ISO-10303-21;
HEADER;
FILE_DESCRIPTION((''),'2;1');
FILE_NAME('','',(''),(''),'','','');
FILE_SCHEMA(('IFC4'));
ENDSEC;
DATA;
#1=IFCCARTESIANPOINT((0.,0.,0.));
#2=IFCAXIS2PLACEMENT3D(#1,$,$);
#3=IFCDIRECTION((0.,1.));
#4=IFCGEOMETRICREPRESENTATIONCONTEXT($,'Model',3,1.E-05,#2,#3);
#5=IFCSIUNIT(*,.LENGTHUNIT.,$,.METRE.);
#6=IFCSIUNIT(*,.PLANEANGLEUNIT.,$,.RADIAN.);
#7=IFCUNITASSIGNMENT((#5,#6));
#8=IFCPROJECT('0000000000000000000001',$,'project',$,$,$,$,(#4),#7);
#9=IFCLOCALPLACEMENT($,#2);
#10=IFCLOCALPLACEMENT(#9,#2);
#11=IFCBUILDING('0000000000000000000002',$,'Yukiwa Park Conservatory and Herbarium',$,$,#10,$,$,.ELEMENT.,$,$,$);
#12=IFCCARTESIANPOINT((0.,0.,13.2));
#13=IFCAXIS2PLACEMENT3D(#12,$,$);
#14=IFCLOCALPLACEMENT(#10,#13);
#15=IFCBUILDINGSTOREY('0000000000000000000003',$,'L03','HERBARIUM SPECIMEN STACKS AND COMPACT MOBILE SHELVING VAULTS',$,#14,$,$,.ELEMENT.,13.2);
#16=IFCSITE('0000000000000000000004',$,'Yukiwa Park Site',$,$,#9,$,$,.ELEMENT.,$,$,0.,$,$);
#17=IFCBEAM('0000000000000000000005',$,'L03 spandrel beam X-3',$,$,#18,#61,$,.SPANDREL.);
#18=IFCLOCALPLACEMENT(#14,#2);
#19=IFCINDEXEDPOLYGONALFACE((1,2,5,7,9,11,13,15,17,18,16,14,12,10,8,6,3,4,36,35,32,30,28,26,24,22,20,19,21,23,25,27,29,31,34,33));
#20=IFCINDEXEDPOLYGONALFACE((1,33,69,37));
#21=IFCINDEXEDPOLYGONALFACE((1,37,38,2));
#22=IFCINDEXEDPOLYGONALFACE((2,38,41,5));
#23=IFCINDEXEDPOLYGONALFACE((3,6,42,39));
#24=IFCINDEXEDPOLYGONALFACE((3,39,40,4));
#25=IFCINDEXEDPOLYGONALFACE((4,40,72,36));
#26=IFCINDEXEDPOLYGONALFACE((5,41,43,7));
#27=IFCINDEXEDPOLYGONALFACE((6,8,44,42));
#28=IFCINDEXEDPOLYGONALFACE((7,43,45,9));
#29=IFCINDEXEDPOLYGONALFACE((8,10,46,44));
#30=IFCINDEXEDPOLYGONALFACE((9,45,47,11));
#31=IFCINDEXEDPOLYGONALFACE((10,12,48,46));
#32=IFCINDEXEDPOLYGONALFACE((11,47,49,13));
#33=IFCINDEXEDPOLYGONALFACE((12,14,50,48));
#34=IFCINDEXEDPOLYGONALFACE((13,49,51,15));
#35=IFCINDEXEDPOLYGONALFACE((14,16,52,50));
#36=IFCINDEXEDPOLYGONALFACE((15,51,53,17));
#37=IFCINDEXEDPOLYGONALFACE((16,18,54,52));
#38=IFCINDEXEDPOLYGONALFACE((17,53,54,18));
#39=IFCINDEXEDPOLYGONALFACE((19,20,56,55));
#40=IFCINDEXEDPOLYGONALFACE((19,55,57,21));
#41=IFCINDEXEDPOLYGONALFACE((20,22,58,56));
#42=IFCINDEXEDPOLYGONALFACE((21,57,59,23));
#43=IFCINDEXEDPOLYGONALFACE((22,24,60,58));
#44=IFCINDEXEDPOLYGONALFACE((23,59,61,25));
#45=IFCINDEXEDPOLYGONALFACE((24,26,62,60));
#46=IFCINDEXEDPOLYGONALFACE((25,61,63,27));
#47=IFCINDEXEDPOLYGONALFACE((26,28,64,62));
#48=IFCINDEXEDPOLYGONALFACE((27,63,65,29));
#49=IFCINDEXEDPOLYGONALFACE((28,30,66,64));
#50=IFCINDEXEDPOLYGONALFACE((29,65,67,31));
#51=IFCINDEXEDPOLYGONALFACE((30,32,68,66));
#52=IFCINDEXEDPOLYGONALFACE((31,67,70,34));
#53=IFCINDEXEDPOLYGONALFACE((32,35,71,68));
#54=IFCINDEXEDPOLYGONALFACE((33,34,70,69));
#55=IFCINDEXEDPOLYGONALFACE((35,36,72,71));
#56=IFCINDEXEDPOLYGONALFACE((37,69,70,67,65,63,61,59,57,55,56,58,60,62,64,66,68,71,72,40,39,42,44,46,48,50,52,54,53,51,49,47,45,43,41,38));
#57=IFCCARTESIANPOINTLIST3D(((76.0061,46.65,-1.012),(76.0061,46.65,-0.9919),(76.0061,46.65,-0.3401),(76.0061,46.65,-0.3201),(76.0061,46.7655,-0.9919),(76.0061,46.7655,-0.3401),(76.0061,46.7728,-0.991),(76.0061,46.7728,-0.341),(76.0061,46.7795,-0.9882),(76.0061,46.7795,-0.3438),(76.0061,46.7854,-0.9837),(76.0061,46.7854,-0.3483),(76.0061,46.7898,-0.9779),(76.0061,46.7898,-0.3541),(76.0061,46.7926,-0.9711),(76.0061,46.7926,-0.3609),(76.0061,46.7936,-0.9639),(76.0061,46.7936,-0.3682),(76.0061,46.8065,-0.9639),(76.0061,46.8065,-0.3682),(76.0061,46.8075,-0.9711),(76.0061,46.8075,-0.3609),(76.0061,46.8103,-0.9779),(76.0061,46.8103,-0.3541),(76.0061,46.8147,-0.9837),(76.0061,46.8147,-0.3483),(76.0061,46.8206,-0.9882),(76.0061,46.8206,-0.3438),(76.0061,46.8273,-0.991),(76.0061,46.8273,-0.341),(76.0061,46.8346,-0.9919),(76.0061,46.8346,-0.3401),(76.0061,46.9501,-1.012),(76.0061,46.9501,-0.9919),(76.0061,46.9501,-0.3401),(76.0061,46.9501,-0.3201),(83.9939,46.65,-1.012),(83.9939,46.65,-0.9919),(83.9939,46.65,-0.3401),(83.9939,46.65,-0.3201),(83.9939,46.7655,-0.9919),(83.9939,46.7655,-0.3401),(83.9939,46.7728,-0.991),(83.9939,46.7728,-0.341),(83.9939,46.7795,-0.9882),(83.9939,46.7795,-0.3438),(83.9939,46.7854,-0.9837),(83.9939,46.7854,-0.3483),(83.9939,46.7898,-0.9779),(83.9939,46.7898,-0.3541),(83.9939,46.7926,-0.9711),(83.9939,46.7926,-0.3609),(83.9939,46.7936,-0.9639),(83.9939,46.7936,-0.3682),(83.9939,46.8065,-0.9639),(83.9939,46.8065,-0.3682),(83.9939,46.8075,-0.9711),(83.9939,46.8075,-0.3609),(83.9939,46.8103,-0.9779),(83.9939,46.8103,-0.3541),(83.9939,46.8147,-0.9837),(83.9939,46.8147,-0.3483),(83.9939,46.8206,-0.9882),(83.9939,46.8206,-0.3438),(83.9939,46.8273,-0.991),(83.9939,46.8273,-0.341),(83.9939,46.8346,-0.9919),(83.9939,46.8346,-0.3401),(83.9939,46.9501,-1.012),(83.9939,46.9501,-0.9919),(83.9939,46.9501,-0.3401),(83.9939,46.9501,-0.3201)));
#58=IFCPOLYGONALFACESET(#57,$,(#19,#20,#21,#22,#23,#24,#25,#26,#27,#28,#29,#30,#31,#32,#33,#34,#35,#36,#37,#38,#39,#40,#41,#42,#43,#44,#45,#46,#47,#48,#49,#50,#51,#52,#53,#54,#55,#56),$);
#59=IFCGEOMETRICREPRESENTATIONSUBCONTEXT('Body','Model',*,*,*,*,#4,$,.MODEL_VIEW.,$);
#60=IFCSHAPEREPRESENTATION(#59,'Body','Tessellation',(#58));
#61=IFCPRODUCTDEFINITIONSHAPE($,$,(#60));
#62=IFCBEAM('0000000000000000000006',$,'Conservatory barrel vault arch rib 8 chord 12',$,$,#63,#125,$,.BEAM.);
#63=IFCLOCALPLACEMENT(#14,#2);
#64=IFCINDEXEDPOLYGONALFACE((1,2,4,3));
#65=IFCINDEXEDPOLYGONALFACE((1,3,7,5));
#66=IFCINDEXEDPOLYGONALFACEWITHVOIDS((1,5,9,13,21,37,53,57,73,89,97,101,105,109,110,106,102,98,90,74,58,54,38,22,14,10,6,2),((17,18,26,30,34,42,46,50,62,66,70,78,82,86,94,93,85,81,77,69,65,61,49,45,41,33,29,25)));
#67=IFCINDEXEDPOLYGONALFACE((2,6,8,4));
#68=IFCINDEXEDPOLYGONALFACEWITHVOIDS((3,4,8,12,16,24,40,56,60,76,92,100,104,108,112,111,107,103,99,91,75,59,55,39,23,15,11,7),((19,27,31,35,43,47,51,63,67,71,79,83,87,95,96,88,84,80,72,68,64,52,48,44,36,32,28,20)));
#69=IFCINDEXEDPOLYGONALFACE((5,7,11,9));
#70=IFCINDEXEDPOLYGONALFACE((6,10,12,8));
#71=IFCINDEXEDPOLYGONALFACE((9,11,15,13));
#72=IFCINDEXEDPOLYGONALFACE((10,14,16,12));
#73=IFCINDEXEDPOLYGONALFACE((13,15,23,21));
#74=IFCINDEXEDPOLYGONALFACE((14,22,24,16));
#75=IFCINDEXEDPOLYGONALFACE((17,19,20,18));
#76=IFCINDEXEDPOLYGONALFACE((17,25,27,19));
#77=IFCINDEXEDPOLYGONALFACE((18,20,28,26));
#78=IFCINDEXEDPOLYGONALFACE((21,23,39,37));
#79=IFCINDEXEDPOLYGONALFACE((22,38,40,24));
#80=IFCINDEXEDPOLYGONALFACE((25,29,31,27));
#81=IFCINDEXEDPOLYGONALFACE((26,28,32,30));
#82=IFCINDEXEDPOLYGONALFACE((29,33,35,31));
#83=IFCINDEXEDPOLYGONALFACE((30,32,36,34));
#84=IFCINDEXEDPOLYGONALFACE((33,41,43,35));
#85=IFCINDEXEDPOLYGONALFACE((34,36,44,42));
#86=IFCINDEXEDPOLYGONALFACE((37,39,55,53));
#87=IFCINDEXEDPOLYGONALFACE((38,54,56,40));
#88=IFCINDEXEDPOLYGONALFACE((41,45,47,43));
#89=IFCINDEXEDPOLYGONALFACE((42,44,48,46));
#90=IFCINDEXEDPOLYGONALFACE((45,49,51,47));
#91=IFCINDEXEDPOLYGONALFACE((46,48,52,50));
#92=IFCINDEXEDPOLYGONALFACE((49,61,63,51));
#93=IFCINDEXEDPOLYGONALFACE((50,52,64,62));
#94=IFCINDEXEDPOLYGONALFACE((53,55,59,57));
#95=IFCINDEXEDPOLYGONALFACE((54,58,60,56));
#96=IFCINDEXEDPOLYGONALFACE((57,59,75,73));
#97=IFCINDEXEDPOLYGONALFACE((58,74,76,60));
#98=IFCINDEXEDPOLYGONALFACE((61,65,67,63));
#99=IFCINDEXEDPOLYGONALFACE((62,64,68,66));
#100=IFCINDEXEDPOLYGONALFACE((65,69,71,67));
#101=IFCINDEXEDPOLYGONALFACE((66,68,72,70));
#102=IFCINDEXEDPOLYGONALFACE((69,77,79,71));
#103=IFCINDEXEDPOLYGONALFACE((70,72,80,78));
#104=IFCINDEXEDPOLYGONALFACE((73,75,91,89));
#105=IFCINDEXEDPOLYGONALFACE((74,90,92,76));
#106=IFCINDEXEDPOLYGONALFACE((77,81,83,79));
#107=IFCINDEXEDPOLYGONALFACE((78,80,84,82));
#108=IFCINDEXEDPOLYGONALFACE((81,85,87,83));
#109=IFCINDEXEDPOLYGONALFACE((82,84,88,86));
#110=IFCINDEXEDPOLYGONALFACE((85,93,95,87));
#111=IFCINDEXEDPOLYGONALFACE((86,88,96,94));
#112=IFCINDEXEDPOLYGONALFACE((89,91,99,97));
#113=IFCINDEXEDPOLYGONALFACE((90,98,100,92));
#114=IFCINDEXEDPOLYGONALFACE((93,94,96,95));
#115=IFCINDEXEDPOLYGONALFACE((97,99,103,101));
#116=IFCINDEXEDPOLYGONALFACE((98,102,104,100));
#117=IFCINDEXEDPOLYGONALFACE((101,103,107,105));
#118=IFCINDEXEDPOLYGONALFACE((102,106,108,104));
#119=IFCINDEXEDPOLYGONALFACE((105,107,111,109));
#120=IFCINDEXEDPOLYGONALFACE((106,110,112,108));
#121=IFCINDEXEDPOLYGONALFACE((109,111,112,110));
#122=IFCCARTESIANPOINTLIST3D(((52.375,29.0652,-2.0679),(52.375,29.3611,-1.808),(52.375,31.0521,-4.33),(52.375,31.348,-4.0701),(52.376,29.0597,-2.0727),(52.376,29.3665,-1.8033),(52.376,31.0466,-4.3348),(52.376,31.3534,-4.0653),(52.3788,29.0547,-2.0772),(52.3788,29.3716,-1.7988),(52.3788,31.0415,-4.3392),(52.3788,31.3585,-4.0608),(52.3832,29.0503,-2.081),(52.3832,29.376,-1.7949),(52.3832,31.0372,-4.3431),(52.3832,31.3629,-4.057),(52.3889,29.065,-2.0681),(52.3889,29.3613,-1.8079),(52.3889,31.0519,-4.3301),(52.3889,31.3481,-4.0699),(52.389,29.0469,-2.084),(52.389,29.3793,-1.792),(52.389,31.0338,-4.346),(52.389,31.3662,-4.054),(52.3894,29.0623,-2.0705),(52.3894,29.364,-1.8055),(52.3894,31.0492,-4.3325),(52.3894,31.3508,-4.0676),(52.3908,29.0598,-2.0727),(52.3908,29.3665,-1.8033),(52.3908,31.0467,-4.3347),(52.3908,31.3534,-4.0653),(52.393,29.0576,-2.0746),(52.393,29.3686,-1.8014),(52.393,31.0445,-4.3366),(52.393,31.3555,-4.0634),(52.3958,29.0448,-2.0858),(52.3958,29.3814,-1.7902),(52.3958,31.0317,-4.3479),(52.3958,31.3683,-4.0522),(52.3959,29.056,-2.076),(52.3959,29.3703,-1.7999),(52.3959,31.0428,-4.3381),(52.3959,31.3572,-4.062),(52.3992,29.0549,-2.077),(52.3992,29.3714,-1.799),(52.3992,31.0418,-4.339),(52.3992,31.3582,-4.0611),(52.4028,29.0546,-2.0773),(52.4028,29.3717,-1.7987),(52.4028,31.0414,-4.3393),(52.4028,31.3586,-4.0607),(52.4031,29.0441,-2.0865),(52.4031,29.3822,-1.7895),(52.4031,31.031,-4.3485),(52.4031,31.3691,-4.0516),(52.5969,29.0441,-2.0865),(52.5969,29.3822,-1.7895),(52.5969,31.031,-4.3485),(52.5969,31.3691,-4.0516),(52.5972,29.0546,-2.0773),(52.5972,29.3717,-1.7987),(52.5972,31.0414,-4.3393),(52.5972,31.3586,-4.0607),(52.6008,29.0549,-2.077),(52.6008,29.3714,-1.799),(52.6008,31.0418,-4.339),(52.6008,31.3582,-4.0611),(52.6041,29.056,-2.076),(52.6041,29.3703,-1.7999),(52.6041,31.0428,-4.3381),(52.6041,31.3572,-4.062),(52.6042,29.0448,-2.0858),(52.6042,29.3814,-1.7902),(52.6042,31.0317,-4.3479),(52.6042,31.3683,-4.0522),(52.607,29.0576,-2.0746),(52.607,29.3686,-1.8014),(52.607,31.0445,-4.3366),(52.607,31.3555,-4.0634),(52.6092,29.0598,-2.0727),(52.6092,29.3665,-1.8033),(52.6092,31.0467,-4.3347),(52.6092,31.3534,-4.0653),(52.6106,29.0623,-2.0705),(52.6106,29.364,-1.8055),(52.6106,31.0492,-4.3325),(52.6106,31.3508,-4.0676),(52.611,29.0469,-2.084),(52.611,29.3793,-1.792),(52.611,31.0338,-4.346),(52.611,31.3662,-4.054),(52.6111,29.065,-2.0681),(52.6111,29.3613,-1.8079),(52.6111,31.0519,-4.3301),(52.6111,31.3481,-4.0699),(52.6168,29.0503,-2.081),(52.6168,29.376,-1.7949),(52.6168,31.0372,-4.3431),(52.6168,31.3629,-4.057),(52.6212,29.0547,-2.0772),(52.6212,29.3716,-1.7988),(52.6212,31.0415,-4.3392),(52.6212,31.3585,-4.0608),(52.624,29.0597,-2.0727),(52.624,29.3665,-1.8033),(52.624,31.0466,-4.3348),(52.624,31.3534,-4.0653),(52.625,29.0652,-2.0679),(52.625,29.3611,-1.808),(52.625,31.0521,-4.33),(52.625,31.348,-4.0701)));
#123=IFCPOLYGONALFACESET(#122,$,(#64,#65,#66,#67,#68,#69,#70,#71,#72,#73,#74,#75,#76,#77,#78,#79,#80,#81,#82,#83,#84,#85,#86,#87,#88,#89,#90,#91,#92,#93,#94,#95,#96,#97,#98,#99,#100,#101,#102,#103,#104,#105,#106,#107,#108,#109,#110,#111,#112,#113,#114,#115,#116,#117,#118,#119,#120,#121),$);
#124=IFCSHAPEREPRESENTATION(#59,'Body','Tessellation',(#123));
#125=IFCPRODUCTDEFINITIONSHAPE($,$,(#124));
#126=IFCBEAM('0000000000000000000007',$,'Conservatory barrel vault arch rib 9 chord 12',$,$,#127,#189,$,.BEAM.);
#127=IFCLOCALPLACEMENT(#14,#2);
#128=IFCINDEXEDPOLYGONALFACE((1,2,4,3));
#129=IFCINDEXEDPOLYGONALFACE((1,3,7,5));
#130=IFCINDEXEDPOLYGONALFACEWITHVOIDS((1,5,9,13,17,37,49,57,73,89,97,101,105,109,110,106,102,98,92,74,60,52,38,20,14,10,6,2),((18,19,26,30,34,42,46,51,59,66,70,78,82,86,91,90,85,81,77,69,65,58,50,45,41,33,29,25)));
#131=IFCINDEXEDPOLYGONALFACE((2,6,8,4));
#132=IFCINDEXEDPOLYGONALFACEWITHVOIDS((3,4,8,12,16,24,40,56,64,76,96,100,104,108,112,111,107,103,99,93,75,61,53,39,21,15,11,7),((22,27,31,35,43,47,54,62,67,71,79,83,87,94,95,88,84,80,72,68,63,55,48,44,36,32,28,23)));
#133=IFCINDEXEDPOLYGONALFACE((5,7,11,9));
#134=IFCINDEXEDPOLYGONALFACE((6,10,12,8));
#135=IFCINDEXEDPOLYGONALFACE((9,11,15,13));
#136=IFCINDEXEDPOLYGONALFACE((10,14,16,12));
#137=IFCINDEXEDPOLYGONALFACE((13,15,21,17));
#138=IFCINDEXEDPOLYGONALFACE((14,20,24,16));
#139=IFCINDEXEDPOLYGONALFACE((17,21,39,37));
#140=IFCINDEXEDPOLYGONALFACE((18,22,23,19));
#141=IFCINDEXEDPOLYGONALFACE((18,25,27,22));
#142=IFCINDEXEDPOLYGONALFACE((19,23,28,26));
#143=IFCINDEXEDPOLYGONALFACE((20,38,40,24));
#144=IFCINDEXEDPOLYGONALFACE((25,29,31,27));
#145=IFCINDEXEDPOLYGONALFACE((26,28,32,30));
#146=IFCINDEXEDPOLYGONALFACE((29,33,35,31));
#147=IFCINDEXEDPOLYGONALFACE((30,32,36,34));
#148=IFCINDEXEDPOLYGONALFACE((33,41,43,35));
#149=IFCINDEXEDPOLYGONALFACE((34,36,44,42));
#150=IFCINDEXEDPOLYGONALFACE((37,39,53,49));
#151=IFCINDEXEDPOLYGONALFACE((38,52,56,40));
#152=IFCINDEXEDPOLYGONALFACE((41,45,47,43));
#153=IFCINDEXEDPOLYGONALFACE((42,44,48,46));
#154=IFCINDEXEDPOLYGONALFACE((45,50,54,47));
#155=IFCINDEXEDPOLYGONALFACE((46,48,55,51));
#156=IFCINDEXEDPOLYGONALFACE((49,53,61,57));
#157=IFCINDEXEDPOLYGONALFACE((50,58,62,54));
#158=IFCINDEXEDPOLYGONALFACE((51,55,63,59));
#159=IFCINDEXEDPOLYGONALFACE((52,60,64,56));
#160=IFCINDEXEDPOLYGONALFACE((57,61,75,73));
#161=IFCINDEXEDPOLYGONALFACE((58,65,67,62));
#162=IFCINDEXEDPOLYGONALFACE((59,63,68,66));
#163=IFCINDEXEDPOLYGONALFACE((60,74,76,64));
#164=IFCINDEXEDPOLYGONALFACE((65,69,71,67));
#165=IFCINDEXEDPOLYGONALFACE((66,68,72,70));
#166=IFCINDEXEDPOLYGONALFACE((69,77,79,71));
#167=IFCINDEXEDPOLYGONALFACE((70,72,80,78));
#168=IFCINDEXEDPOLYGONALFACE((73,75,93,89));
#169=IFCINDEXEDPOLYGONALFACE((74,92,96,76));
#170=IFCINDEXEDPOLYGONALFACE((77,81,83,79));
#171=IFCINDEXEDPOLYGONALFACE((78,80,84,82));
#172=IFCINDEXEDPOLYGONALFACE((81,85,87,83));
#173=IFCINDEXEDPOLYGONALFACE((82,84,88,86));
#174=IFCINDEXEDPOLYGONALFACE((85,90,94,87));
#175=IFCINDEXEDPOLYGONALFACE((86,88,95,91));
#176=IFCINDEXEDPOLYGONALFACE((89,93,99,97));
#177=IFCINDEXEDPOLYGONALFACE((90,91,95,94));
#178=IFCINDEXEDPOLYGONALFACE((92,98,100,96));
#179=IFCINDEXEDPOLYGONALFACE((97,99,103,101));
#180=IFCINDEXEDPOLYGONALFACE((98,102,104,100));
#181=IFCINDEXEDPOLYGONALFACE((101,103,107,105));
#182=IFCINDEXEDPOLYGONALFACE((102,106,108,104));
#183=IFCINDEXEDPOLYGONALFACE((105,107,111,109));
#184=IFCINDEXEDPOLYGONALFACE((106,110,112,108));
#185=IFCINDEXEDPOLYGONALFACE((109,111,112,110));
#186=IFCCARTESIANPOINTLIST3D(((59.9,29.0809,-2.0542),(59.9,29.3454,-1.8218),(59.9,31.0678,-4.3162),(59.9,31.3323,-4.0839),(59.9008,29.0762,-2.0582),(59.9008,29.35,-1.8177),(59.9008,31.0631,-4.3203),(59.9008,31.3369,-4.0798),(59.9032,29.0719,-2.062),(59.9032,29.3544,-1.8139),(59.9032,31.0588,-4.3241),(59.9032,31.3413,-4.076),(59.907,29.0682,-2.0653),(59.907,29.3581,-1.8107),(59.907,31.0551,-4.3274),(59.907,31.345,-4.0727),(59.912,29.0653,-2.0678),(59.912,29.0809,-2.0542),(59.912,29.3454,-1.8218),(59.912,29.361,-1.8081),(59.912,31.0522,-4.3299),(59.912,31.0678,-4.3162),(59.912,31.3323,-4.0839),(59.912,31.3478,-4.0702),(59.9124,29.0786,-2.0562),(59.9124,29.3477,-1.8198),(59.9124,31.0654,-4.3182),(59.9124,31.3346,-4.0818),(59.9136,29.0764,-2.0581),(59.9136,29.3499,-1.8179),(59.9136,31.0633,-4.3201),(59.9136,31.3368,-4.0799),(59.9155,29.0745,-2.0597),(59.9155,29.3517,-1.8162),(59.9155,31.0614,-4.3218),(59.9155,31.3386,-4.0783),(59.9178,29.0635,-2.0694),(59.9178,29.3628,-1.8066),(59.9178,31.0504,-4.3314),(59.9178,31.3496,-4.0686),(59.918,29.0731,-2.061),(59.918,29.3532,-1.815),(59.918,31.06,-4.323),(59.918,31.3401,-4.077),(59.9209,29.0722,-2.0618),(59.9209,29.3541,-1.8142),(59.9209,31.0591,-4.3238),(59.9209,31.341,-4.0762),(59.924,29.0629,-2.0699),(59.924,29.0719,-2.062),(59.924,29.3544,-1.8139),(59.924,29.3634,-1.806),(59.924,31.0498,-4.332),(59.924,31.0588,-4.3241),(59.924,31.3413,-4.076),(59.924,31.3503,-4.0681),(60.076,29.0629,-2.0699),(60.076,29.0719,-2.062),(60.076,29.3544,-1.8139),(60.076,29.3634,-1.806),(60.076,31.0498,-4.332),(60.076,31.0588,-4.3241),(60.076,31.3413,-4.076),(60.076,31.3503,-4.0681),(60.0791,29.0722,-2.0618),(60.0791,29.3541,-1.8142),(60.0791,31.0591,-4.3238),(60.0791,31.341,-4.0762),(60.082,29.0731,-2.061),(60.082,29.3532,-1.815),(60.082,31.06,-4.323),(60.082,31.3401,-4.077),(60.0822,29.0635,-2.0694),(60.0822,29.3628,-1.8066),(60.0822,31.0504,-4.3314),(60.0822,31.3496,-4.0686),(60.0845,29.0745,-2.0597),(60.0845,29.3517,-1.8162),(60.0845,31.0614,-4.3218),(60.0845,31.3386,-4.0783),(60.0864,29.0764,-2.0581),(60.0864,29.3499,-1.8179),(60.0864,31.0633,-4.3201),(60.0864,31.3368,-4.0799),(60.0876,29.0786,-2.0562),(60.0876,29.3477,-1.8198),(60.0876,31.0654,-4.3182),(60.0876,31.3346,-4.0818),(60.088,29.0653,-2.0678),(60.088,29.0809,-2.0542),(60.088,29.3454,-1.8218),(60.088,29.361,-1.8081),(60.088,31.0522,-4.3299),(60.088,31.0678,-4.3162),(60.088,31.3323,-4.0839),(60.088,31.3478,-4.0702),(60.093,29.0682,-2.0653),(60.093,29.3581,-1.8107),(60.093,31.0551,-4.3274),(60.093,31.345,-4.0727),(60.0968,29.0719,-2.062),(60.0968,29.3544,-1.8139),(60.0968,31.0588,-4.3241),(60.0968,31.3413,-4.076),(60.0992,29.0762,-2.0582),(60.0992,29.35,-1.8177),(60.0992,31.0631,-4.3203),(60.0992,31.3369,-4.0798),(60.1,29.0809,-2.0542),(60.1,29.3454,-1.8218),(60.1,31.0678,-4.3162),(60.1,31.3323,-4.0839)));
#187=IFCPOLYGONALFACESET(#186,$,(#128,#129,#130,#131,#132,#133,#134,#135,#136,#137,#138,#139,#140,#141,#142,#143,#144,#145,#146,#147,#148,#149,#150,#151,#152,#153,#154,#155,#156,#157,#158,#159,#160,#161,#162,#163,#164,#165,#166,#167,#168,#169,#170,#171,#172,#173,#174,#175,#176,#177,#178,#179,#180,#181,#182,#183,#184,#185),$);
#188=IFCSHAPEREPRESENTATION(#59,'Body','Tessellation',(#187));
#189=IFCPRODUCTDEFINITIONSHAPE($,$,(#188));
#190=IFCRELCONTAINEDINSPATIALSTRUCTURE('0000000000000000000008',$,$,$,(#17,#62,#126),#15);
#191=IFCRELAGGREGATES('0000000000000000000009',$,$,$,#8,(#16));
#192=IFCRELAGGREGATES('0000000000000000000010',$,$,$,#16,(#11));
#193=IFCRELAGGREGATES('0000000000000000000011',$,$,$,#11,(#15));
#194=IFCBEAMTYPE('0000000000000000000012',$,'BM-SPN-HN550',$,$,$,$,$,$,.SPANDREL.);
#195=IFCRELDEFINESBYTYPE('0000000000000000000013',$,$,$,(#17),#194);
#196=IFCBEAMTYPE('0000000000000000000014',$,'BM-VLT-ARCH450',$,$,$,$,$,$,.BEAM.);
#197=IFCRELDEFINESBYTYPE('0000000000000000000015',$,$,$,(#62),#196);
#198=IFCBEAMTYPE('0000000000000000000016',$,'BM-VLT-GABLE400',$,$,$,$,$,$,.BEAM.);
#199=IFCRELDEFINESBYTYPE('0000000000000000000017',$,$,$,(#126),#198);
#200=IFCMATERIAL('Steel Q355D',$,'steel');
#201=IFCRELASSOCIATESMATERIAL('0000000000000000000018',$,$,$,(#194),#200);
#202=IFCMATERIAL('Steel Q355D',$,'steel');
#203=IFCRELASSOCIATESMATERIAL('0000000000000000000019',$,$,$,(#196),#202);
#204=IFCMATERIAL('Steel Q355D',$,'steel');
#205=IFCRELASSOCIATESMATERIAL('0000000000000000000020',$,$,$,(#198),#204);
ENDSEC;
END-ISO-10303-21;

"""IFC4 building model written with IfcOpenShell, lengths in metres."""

from ifc_helpers import new_model, si_unit, direction, frame, origin, origin_2d, place, context, subcontext, project, spatial, hollow_rectangle, i_section, extrude, material, material_profile, profile_set, type_object, element, save


model = new_model("IFC4")

# Units and contexts
model_context = context("Model", 3, precision=1e-05, world=origin(), true_north=direction((0.0, 1.0)))
body_context = subcontext(model_context, "Body", "Model", "MODEL_VIEW")
ifc_project = project(units=[si_unit("LENGTHUNIT", "METRE"), si_unit("PLANEANGLEUNIT", "RADIAN")], contexts=[model_context])

# Site, building, storey
site_placement = place(None, origin())
site = spatial("IfcSite", under=ifc_project, at=site_placement, Name="Yukiwa Park Site", CompositionType="ELEMENT", RefElevation=0.0)
building_placement = place(site_placement, origin())
building = spatial("IfcBuilding", under=site, at=building_placement, Name="Yukiwa Park Conservatory and Herbarium", CompositionType="ELEMENT")
storey_placement = place(building_placement, frame((0.0, 0.0, 13.2)))
storey = spatial("IfcBuildingStorey", under=building, at=storey_placement, Name="L03", Description="HERBARIUM SPECIMEN STACKS AND COMPACT MOBILE SHELVING VAULTS", CompositionType="ELEMENT", Elevation=13.2)

# Beams
ifc_material_1 = material(Name="Steel Q355D", Category="steel")
ifc_material_profile_1 = material_profile(ifc_material_1, i_section(OverallWidth=0.3, OverallDepth=0.6919, WebThickness=0.0129, FlangeThickness=0.02, FilletRadius=0.0281, at=origin_2d()), Name="HN 692x300x13x20")
ifc_profile_set_1 = profile_set([ifc_material_profile_1], Name="Steel Q355D")
beam_type_1 = type_object("IfcBeamType", Name="BM-SPN-HN550", PredefinedType="SPANDREL", material=ifc_profile_set_1)
for number, where, z_axis, x_axis, name in (
    (1, (76.0061, 46.8, -0.666), (1.0, 0.0, 0.0), (0.0, 1.0, 0.0), "L03 spandrel beam X-3"),
):
    element("IfcBeam", number, at=place(storey_placement, frame(where, z_axis=z_axis, x_axis=x_axis)), inside=storey, type_object=beam_type_1, Name=name, PredefinedType="SPANDREL", context=body_context, shape_type="SweptSolid", body=[
        extrude(i_section(OverallWidth=0.3, OverallDepth=0.6919, WebThickness=0.0129, FlangeThickness=0.02, FilletRadius=0.0281, at=origin_2d()), origin(), (0.0, 0.0, 1.0), 7.9878),
    ])
ifc_material_2 = material(Name="Steel Q355D", Category="steel")
ifc_material_profile_2 = material_profile(ifc_material_2, hollow_rectangle(XDim=0.25, YDim=0.45, WallThickness=0.0139, InnerFilletRadius=0.0139, OuterFilletRadius=0.0281, at=origin_2d()), Name="RHS 450x250x14")
ifc_profile_set_2 = profile_set([ifc_material_profile_2], Name="Steel Q355D")
beam_type_2 = type_object("IfcBeamType", Name="BM-VLT-ARCH450", PredefinedType="BEAM", material=ifc_profile_set_2)
beam_1_placement = place(storey_placement, frame((52.5, 29.2131, -1.938), z_axis=(0.0, 0.659933, -0.751324), x_axis=(-1.0, 0.0, 0.0)))
element("IfcBeam", 2, at=beam_1_placement, inside=storey, type_object=beam_type_2, Name="Conservatory barrel vault arch rib 8 chord 12", PredefinedType="BEAM", context=body_context, shape_type="SweptSolid", body=[
    extrude(hollow_rectangle(XDim=0.25, YDim=0.45, WallThickness=0.0139, InnerFilletRadius=0.0139, OuterFilletRadius=0.0281, at=origin_2d()), origin(), (0.0, 0.0, 1.0), 3.0107),
])
ifc_material_3 = material(Name="Steel Q355D", Category="steel")
ifc_material_profile_3 = material_profile(ifc_material_3, hollow_rectangle(XDim=0.2, YDim=0.3999, WallThickness=0.012, InnerFilletRadius=0.012, OuterFilletRadius=0.0239, at=origin_2d()), Name="RHS 400x200x12")
ifc_profile_set_3 = profile_set([ifc_material_profile_3], Name="Steel Q355D")
beam_type_3 = type_object("IfcBeamType", Name="BM-VLT-GABLE400", PredefinedType="BEAM", material=ifc_profile_set_3)
beam_2_placement = place(storey_placement, frame((60.0, 29.2131, -1.938), z_axis=(0.0, 0.659933, -0.751324), x_axis=(-1.0, 0.0, 0.0)))
element("IfcBeam", 3, at=beam_2_placement, inside=storey, type_object=beam_type_3, Name="Conservatory barrel vault arch rib 9 chord 12", PredefinedType="BEAM", context=body_context, shape_type="SweptSolid", body=[
    extrude(hollow_rectangle(XDim=0.2, YDim=0.3999, WallThickness=0.012, InnerFilletRadius=0.012, OuterFilletRadius=0.0239, at=origin_2d()), origin(), (0.0, 0.0, 1.0), 3.0107),
])

save(model, "model.ifc")
